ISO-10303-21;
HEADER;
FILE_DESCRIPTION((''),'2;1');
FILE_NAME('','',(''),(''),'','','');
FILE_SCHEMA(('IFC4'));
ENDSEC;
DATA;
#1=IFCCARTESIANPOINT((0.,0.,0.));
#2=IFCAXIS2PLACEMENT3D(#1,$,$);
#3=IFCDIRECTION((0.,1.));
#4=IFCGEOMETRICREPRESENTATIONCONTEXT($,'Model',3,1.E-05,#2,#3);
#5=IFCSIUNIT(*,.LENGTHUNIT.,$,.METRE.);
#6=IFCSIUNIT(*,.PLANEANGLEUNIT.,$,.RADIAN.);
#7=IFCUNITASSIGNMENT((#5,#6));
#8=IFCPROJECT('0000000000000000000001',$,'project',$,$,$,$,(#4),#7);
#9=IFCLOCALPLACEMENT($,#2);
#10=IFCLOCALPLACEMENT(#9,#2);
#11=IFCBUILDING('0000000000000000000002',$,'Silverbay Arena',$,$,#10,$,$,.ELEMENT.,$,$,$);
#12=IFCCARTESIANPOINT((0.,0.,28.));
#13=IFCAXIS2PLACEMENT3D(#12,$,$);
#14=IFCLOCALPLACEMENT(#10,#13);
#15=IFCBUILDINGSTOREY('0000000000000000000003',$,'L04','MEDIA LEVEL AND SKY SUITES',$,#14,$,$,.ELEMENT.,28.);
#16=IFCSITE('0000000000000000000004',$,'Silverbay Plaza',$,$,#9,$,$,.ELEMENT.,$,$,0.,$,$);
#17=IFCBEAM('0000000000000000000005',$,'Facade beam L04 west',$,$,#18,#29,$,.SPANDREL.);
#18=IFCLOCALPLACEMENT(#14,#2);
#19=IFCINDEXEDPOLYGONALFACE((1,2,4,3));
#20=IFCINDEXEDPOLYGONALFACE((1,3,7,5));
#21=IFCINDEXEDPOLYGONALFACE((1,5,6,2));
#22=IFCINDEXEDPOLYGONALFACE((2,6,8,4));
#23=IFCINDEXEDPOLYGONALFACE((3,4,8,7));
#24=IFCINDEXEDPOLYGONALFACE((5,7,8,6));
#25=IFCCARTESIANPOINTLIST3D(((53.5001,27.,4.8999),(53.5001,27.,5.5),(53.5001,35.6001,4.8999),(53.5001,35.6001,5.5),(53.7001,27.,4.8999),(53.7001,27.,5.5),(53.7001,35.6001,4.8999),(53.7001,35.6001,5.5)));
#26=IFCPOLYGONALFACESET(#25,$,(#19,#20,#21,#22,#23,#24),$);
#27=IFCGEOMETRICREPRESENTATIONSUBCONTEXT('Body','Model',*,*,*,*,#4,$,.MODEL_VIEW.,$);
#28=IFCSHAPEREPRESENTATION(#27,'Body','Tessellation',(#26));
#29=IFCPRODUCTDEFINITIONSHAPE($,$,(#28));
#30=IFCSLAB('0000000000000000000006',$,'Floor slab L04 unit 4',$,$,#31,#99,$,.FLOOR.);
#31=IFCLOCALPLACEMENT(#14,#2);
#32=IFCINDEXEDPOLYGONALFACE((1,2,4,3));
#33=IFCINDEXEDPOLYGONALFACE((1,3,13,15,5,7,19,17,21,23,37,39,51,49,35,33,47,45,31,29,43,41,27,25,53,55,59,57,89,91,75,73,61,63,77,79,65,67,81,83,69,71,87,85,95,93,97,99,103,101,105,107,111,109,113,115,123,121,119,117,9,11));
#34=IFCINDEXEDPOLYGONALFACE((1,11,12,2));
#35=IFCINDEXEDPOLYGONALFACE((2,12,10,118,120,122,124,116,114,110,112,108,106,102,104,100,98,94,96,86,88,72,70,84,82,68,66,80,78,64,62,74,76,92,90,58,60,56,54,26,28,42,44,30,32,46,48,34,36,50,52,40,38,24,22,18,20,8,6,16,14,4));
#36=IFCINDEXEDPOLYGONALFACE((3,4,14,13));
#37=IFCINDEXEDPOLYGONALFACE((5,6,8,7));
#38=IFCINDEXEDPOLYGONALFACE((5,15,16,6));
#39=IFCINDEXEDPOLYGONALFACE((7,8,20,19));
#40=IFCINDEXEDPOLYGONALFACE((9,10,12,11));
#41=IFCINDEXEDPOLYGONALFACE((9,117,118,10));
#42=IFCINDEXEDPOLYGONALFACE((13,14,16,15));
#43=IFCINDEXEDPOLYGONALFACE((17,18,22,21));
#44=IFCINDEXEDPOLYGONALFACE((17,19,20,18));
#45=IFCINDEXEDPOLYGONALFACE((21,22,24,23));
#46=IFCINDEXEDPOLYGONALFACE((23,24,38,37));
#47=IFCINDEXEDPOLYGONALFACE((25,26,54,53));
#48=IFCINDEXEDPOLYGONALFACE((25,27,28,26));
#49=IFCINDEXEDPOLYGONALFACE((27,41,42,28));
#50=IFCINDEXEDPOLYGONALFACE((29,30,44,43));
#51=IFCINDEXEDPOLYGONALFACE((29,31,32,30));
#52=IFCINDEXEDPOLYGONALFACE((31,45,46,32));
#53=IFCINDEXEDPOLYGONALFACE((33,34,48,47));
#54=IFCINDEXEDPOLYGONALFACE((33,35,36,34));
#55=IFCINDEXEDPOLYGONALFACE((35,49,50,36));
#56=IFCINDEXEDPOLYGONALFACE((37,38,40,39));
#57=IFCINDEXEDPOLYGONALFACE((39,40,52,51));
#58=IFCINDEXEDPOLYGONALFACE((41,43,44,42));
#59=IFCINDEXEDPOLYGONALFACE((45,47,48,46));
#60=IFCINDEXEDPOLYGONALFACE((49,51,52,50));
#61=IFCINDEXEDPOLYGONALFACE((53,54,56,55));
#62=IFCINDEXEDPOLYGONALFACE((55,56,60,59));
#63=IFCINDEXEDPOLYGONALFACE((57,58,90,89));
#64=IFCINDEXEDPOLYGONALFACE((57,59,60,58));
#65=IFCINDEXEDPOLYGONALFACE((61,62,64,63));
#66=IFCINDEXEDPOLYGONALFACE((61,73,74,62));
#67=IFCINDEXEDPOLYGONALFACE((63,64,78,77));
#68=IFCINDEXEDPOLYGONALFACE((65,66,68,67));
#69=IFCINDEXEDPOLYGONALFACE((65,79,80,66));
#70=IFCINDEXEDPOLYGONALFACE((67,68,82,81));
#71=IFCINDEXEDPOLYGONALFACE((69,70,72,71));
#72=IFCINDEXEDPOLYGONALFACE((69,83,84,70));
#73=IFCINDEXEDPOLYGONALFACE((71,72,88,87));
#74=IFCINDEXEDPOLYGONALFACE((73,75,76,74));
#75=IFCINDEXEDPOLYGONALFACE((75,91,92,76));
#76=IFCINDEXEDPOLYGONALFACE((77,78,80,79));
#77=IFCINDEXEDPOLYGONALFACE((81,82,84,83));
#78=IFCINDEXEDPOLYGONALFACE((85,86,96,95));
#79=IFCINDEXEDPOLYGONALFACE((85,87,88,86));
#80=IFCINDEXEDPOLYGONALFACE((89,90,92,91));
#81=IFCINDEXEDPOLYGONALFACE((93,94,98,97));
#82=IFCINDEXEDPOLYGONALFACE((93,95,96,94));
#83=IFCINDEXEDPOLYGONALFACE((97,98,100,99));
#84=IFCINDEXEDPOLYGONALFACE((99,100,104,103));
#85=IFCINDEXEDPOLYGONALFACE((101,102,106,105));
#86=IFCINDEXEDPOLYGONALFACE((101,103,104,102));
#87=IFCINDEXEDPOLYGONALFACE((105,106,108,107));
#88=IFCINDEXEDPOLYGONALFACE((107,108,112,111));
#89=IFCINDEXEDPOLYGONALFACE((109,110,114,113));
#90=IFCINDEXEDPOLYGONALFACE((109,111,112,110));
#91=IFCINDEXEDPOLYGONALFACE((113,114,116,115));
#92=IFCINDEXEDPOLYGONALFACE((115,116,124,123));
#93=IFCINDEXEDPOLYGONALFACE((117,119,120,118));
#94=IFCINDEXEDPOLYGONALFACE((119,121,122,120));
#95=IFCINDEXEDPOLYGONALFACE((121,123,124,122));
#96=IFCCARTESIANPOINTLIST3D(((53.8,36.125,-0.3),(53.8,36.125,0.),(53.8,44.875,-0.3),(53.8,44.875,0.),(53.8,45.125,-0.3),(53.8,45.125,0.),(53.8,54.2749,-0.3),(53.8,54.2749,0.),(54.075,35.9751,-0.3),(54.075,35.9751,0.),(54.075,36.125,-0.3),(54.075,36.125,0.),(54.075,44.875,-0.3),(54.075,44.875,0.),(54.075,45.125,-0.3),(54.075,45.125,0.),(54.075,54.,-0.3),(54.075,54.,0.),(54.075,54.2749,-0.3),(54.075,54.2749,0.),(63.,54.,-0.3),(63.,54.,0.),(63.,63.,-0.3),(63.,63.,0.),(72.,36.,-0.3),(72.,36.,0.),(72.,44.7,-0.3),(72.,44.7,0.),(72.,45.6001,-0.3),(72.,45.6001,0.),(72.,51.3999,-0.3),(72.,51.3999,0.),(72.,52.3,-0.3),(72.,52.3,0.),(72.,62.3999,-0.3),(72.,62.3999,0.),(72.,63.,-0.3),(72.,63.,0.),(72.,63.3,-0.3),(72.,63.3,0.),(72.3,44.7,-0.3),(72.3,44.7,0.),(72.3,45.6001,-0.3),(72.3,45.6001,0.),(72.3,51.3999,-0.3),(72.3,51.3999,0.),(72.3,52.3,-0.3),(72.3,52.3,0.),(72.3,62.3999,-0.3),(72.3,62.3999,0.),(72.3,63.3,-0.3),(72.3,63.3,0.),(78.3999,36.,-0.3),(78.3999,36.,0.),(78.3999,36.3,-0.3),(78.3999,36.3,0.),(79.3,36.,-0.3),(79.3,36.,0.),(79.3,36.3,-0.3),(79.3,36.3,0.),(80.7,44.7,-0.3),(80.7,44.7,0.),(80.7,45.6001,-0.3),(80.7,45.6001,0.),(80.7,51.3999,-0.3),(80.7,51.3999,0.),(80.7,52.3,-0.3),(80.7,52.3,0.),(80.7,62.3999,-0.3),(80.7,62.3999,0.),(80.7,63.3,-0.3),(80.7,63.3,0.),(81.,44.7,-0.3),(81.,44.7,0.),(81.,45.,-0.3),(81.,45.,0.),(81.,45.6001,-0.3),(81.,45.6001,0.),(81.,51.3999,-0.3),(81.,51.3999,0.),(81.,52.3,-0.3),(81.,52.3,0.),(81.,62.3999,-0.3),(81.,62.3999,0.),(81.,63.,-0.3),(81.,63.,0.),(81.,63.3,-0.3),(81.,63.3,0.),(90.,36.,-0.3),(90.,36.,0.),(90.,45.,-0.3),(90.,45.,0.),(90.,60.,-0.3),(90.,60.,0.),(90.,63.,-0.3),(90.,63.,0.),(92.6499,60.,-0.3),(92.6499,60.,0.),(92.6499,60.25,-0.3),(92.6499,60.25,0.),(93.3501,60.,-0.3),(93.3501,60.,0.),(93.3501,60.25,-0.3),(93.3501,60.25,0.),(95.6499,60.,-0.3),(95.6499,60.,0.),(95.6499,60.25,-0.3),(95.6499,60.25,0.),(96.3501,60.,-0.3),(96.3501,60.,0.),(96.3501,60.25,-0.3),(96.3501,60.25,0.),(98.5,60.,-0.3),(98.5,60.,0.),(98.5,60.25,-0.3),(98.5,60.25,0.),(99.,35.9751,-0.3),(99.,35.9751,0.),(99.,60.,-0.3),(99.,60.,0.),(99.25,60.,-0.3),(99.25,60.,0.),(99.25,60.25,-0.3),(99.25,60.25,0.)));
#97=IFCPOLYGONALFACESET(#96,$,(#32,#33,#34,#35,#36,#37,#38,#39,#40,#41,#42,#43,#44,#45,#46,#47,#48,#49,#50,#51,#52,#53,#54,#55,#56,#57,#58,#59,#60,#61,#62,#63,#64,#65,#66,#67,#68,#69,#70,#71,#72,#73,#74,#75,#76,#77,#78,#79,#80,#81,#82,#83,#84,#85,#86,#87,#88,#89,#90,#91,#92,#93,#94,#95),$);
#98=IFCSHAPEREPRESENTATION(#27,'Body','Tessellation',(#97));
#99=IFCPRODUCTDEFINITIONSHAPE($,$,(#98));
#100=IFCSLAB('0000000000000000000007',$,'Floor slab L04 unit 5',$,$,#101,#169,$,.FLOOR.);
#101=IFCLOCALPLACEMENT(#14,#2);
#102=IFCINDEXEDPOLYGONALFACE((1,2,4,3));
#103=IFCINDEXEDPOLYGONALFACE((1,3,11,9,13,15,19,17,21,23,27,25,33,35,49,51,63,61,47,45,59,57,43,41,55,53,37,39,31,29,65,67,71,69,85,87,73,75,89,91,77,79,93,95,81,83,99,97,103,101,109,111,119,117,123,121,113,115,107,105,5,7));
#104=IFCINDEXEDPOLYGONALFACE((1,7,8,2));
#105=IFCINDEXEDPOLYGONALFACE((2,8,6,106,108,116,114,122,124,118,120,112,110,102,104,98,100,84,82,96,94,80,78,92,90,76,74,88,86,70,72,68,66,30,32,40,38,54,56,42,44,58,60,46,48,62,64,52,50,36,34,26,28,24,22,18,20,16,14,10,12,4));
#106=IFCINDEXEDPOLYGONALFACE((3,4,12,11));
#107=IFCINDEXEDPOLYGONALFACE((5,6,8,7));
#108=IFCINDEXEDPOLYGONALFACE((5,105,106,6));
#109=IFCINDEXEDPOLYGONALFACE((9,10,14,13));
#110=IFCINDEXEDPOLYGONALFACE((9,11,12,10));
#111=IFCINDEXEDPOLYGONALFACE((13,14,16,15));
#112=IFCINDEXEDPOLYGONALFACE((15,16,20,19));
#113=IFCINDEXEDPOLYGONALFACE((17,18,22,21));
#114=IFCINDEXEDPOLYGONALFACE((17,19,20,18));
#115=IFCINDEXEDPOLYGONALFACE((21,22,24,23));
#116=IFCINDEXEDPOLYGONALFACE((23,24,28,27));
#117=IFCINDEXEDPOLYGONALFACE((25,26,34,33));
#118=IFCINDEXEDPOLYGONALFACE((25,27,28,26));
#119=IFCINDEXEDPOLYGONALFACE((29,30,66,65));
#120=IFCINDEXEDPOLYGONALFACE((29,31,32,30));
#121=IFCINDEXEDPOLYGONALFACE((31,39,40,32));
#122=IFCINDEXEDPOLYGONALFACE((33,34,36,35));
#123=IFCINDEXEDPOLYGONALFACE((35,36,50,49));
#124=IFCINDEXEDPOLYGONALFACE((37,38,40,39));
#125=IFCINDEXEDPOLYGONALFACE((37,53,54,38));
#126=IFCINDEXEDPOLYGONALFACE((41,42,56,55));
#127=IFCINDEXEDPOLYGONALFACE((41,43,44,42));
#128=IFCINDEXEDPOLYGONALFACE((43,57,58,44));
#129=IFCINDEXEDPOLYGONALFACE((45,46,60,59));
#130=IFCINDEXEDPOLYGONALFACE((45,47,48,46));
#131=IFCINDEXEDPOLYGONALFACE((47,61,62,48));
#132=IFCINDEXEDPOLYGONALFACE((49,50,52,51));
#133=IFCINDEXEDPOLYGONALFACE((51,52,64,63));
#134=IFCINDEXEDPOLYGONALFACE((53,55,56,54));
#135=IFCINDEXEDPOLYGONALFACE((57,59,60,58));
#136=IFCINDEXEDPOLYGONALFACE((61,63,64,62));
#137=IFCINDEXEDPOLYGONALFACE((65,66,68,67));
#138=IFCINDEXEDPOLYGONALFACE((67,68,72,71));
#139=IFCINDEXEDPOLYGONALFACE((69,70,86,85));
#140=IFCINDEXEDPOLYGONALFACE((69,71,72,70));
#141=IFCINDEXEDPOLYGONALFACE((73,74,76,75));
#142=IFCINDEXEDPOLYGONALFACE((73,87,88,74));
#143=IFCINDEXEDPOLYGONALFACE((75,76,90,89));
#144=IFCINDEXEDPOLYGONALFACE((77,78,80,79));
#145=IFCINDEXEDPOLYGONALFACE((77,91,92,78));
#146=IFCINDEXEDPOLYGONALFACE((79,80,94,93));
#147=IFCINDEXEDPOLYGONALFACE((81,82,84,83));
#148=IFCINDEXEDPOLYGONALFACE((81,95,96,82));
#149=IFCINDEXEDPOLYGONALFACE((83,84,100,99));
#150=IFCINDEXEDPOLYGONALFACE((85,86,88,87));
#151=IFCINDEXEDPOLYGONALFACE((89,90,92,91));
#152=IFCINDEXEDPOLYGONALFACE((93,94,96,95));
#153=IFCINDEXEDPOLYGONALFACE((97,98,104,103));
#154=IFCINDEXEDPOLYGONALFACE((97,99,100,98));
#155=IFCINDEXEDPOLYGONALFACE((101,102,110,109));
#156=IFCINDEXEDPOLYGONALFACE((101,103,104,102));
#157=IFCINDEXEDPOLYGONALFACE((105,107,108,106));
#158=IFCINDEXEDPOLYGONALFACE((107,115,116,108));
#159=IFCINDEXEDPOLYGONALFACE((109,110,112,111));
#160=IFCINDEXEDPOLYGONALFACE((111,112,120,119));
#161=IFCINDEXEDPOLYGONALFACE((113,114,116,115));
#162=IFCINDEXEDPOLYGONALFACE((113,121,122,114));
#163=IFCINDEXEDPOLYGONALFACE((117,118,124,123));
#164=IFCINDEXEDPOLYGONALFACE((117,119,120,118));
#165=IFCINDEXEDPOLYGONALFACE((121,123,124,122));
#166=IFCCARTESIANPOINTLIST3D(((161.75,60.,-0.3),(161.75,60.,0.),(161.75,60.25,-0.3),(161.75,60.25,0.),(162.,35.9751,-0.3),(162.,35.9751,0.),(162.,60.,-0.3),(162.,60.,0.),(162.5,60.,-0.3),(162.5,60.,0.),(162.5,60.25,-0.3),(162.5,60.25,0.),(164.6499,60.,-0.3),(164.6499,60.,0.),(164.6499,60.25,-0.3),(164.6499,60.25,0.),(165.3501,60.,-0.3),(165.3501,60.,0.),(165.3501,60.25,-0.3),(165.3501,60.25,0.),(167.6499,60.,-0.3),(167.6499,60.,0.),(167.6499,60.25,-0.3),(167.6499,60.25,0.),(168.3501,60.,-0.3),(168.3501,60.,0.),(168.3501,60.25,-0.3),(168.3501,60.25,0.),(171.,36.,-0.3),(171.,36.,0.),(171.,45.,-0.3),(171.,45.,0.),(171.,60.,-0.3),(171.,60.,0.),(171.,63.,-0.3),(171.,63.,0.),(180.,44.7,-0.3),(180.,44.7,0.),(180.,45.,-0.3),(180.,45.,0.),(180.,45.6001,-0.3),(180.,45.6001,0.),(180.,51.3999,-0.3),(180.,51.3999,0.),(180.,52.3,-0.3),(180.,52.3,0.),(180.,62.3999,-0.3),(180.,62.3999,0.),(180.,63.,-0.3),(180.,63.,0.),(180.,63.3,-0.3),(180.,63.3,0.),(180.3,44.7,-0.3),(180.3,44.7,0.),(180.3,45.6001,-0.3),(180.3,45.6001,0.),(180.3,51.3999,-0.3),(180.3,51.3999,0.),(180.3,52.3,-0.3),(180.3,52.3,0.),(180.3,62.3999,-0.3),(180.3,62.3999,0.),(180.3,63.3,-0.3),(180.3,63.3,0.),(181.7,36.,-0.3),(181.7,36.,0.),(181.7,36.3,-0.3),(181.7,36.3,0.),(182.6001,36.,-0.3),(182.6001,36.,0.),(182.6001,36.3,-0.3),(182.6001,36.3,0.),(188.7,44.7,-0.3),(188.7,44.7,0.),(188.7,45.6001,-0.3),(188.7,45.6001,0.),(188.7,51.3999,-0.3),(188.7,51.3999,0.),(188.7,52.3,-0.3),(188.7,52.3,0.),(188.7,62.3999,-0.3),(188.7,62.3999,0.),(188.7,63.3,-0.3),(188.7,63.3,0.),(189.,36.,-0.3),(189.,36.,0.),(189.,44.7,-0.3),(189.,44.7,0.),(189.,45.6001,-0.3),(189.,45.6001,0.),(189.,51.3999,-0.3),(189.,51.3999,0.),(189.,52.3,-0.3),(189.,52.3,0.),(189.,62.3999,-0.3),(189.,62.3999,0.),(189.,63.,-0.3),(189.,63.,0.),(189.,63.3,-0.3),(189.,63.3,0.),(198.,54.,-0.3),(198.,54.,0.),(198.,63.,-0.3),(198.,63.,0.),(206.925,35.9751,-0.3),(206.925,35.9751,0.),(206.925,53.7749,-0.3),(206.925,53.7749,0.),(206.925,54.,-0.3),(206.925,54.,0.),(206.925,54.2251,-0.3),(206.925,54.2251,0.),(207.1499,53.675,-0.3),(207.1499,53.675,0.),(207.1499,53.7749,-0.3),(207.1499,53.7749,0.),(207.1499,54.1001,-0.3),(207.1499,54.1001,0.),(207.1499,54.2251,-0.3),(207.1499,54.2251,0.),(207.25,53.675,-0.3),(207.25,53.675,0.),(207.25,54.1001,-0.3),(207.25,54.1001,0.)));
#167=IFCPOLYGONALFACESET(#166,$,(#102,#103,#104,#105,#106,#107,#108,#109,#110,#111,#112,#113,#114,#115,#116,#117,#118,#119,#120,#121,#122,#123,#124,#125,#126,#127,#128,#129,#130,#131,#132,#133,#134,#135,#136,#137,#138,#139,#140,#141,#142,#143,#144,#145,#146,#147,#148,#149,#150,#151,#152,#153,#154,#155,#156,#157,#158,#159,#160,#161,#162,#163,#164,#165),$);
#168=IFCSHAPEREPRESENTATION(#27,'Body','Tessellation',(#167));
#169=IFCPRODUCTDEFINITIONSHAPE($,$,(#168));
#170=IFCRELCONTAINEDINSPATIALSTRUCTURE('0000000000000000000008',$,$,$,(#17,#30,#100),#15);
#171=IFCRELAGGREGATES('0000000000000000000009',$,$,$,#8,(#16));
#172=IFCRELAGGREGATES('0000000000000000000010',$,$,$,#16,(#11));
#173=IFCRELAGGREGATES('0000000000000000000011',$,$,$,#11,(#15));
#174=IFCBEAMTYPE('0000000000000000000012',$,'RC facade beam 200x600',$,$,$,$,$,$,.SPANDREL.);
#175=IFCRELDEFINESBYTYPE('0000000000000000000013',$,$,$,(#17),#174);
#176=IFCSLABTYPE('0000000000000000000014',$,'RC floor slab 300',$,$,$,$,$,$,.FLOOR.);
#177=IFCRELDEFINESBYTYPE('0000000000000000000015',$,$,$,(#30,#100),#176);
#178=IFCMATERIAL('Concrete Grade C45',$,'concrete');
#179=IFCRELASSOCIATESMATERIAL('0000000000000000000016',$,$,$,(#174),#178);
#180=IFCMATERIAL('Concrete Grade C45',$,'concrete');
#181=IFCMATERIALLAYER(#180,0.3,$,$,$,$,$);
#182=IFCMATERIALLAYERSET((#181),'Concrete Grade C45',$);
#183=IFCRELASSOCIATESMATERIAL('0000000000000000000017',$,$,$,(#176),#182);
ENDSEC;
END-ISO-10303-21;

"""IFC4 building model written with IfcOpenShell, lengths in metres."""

from ifc_helpers import new_model, si_unit, direction, frame, origin, origin_2d, place, context, subcontext, project, spatial, polyline, rectangle, outline, extrude, material, layer, layer_set, material_profile, profile_set, type_object, element, save


model = new_model("IFC4")

# Units and contexts
model_context = context("Model", 3, precision=1e-05, world=origin(), true_north=direction((0.0, 1.0)))
body_context = subcontext(model_context, "Body", "Model", "MODEL_VIEW")
ifc_project = project(units=[si_unit("LENGTHUNIT", "METRE"), si_unit("PLANEANGLEUNIT", "RADIAN")], contexts=[model_context])

# Site, building, storey
site_placement = place(None, origin())
site = spatial("IfcSite", under=ifc_project, at=site_placement, Name="Silverbay Plaza", CompositionType="ELEMENT", RefElevation=0.0)
building_placement = place(site_placement, origin())
building = spatial("IfcBuilding", under=site, at=building_placement, Name="Silverbay Arena", CompositionType="ELEMENT")
storey_placement = place(building_placement, frame((0.0, 0.0, 28.0)))
storey = spatial("IfcBuildingStorey", under=building, at=storey_placement, Name="L04", Description="MEDIA LEVEL AND SKY SUITES", CompositionType="ELEMENT", Elevation=28.0)

# Beam
ifc_material_1 = material(Name="Concrete Grade C45", Category="concrete")
ifc_material_profile_1 = material_profile(ifc_material_1, rectangle(XDim=0.2, YDim=0.6001, at=origin_2d()), Name="RC 200x600")
ifc_profile_set_1 = profile_set([ifc_material_profile_1], Name="Concrete Grade C45")
beam_type = type_object("IfcBeamType", Name="RC facade beam 200x600", PredefinedType="SPANDREL", material=ifc_profile_set_1)
beam_placement = place(storey_placement, frame((53.6001, 27.0, 5.2), z_axis=(0.0, 1.0, 0.0), x_axis=(-1.0, 0.0, 0.0)))
element("IfcBeam", 1, at=beam_placement, inside=storey, type_object=beam_type, Name="Facade beam L04 west", PredefinedType="SPANDREL", context=body_context, shape_type="SweptSolid", body=[
    extrude(rectangle(XDim=0.2, YDim=0.6001, at=origin_2d()), origin(), (0.0, 0.0, 1.0), 8.6001),
])

# Slabs
ifc_material_2 = material(Name="Concrete Grade C45", Category="concrete")
ifc_layer_1 = layer(ifc_material_2, 0.3)
ifc_layer_set_1 = layer_set([ifc_layer_1], Name="Concrete Grade C45")
slab_type = type_object("IfcSlabType", Name="RC floor slab 300", PredefinedType="FLOOR", material=ifc_layer_set_1)
slab_1_placement = place(storey_placement, frame((0.0, 0.0, -0.3)))
element("IfcSlab", 2, at=slab_1_placement, inside=storey, type_object=slab_type, Name="Floor slab L04 unit 4", PredefinedType="FLOOR", context=body_context, shape_type="SweptSolid", body=[
    extrude(outline(polyline([(54.075, 35.9751), (54.075, 36.125), (53.8, 36.125), (53.8, 44.875), (54.075, 44.875), (54.075, 45.125), (53.8, 45.125), (53.8, 54.2749), (54.075, 54.2749), (54.075, 54.0), (63.0, 54.0), (63.0, 63.0), (72.0, 63.0), (72.0, 63.3), (72.3, 63.3), (72.3, 62.3999), (72.0, 62.3999), (72.0, 52.3), (72.3, 52.3), (72.3, 51.3999), (72.0, 51.3999), (72.0, 45.6001), (72.3, 45.6001), (72.3, 44.7), (72.0, 44.7), (72.0, 36.0), (78.3999, 36.0), (78.3999, 36.3), (79.3, 36.3), (79.3, 36.0), (90.0, 36.0), (90.0, 45.0), (81.0, 45.0), (81.0, 44.7), (80.7, 44.7), (80.7, 45.6001), (81.0, 45.6001), (81.0, 51.3999), (80.7, 51.3999), (80.7, 52.3), (81.0, 52.3), (81.0, 62.3999), (80.7, 62.3999), (80.7, 63.3), (81.0, 63.3), (81.0, 63.0), (90.0, 63.0), (90.0, 60.0), (92.6499, 60.0), (92.6499, 60.25), (93.3501, 60.25), (93.3501, 60.0), (95.6499, 60.0), (95.6499, 60.25), (96.3501, 60.25), (96.3501, 60.0), (98.5, 60.0), (98.5, 60.25), (99.25, 60.25), (99.25, 60.0), (99.0, 60.0), (99.0, 35.9751), (54.075, 35.9751)])), origin(), (0.0, 0.0, 1.0), 0.3),
])
slab_2_placement = place(storey_placement, frame((0.0, 0.0, -0.3)))
element("IfcSlab", 3, at=slab_2_placement, inside=storey, type_object=slab_type, Name="Floor slab L04 unit 5", PredefinedType="FLOOR", context=body_context, shape_type="SweptSolid", body=[
    extrude(outline(polyline([(162.0, 60.0), (161.75, 60.0), (161.75, 60.25), (162.5, 60.25), (162.5, 60.0), (164.6499, 60.0), (164.6499, 60.25), (165.3501, 60.25), (165.3501, 60.0), (167.6499, 60.0), (167.6499, 60.25), (168.3501, 60.25), (168.3501, 60.0), (171.0, 60.0), (171.0, 63.0), (180.0, 63.0), (180.0, 63.3), (180.3, 63.3), (180.3, 62.3999), (180.0, 62.3999), (180.0, 52.3), (180.3, 52.3), (180.3, 51.3999), (180.0, 51.3999), (180.0, 45.6001), (180.3, 45.6001), (180.3, 44.7), (180.0, 44.7), (180.0, 45.0), (171.0, 45.0), (171.0, 36.0), (181.7, 36.0), (181.7, 36.3), (182.6001, 36.3), (182.6001, 36.0), (189.0, 36.0), (189.0, 44.7), (188.7, 44.7), (188.7, 45.6001), (189.0, 45.6001), (189.0, 51.3999), (188.7, 51.3999), (188.7, 52.3), (189.0, 52.3), (189.0, 62.3999), (188.7, 62.3999), (188.7, 63.3), (189.0, 63.3), (189.0, 63.0), (198.0, 63.0), (198.0, 54.0), (206.925, 54.0), (206.925, 54.2251), (207.1499, 54.2251), (207.1499, 54.1001), (207.25, 54.1001), (207.25, 53.675), (207.1499, 53.675), (207.1499, 53.7749), (206.925, 53.7749), (206.925, 35.9751), (162.0, 35.9751), (162.0, 60.0)])), origin(), (0.0, 0.0, 1.0), 0.3),
])

save(model, "model.ifc")
